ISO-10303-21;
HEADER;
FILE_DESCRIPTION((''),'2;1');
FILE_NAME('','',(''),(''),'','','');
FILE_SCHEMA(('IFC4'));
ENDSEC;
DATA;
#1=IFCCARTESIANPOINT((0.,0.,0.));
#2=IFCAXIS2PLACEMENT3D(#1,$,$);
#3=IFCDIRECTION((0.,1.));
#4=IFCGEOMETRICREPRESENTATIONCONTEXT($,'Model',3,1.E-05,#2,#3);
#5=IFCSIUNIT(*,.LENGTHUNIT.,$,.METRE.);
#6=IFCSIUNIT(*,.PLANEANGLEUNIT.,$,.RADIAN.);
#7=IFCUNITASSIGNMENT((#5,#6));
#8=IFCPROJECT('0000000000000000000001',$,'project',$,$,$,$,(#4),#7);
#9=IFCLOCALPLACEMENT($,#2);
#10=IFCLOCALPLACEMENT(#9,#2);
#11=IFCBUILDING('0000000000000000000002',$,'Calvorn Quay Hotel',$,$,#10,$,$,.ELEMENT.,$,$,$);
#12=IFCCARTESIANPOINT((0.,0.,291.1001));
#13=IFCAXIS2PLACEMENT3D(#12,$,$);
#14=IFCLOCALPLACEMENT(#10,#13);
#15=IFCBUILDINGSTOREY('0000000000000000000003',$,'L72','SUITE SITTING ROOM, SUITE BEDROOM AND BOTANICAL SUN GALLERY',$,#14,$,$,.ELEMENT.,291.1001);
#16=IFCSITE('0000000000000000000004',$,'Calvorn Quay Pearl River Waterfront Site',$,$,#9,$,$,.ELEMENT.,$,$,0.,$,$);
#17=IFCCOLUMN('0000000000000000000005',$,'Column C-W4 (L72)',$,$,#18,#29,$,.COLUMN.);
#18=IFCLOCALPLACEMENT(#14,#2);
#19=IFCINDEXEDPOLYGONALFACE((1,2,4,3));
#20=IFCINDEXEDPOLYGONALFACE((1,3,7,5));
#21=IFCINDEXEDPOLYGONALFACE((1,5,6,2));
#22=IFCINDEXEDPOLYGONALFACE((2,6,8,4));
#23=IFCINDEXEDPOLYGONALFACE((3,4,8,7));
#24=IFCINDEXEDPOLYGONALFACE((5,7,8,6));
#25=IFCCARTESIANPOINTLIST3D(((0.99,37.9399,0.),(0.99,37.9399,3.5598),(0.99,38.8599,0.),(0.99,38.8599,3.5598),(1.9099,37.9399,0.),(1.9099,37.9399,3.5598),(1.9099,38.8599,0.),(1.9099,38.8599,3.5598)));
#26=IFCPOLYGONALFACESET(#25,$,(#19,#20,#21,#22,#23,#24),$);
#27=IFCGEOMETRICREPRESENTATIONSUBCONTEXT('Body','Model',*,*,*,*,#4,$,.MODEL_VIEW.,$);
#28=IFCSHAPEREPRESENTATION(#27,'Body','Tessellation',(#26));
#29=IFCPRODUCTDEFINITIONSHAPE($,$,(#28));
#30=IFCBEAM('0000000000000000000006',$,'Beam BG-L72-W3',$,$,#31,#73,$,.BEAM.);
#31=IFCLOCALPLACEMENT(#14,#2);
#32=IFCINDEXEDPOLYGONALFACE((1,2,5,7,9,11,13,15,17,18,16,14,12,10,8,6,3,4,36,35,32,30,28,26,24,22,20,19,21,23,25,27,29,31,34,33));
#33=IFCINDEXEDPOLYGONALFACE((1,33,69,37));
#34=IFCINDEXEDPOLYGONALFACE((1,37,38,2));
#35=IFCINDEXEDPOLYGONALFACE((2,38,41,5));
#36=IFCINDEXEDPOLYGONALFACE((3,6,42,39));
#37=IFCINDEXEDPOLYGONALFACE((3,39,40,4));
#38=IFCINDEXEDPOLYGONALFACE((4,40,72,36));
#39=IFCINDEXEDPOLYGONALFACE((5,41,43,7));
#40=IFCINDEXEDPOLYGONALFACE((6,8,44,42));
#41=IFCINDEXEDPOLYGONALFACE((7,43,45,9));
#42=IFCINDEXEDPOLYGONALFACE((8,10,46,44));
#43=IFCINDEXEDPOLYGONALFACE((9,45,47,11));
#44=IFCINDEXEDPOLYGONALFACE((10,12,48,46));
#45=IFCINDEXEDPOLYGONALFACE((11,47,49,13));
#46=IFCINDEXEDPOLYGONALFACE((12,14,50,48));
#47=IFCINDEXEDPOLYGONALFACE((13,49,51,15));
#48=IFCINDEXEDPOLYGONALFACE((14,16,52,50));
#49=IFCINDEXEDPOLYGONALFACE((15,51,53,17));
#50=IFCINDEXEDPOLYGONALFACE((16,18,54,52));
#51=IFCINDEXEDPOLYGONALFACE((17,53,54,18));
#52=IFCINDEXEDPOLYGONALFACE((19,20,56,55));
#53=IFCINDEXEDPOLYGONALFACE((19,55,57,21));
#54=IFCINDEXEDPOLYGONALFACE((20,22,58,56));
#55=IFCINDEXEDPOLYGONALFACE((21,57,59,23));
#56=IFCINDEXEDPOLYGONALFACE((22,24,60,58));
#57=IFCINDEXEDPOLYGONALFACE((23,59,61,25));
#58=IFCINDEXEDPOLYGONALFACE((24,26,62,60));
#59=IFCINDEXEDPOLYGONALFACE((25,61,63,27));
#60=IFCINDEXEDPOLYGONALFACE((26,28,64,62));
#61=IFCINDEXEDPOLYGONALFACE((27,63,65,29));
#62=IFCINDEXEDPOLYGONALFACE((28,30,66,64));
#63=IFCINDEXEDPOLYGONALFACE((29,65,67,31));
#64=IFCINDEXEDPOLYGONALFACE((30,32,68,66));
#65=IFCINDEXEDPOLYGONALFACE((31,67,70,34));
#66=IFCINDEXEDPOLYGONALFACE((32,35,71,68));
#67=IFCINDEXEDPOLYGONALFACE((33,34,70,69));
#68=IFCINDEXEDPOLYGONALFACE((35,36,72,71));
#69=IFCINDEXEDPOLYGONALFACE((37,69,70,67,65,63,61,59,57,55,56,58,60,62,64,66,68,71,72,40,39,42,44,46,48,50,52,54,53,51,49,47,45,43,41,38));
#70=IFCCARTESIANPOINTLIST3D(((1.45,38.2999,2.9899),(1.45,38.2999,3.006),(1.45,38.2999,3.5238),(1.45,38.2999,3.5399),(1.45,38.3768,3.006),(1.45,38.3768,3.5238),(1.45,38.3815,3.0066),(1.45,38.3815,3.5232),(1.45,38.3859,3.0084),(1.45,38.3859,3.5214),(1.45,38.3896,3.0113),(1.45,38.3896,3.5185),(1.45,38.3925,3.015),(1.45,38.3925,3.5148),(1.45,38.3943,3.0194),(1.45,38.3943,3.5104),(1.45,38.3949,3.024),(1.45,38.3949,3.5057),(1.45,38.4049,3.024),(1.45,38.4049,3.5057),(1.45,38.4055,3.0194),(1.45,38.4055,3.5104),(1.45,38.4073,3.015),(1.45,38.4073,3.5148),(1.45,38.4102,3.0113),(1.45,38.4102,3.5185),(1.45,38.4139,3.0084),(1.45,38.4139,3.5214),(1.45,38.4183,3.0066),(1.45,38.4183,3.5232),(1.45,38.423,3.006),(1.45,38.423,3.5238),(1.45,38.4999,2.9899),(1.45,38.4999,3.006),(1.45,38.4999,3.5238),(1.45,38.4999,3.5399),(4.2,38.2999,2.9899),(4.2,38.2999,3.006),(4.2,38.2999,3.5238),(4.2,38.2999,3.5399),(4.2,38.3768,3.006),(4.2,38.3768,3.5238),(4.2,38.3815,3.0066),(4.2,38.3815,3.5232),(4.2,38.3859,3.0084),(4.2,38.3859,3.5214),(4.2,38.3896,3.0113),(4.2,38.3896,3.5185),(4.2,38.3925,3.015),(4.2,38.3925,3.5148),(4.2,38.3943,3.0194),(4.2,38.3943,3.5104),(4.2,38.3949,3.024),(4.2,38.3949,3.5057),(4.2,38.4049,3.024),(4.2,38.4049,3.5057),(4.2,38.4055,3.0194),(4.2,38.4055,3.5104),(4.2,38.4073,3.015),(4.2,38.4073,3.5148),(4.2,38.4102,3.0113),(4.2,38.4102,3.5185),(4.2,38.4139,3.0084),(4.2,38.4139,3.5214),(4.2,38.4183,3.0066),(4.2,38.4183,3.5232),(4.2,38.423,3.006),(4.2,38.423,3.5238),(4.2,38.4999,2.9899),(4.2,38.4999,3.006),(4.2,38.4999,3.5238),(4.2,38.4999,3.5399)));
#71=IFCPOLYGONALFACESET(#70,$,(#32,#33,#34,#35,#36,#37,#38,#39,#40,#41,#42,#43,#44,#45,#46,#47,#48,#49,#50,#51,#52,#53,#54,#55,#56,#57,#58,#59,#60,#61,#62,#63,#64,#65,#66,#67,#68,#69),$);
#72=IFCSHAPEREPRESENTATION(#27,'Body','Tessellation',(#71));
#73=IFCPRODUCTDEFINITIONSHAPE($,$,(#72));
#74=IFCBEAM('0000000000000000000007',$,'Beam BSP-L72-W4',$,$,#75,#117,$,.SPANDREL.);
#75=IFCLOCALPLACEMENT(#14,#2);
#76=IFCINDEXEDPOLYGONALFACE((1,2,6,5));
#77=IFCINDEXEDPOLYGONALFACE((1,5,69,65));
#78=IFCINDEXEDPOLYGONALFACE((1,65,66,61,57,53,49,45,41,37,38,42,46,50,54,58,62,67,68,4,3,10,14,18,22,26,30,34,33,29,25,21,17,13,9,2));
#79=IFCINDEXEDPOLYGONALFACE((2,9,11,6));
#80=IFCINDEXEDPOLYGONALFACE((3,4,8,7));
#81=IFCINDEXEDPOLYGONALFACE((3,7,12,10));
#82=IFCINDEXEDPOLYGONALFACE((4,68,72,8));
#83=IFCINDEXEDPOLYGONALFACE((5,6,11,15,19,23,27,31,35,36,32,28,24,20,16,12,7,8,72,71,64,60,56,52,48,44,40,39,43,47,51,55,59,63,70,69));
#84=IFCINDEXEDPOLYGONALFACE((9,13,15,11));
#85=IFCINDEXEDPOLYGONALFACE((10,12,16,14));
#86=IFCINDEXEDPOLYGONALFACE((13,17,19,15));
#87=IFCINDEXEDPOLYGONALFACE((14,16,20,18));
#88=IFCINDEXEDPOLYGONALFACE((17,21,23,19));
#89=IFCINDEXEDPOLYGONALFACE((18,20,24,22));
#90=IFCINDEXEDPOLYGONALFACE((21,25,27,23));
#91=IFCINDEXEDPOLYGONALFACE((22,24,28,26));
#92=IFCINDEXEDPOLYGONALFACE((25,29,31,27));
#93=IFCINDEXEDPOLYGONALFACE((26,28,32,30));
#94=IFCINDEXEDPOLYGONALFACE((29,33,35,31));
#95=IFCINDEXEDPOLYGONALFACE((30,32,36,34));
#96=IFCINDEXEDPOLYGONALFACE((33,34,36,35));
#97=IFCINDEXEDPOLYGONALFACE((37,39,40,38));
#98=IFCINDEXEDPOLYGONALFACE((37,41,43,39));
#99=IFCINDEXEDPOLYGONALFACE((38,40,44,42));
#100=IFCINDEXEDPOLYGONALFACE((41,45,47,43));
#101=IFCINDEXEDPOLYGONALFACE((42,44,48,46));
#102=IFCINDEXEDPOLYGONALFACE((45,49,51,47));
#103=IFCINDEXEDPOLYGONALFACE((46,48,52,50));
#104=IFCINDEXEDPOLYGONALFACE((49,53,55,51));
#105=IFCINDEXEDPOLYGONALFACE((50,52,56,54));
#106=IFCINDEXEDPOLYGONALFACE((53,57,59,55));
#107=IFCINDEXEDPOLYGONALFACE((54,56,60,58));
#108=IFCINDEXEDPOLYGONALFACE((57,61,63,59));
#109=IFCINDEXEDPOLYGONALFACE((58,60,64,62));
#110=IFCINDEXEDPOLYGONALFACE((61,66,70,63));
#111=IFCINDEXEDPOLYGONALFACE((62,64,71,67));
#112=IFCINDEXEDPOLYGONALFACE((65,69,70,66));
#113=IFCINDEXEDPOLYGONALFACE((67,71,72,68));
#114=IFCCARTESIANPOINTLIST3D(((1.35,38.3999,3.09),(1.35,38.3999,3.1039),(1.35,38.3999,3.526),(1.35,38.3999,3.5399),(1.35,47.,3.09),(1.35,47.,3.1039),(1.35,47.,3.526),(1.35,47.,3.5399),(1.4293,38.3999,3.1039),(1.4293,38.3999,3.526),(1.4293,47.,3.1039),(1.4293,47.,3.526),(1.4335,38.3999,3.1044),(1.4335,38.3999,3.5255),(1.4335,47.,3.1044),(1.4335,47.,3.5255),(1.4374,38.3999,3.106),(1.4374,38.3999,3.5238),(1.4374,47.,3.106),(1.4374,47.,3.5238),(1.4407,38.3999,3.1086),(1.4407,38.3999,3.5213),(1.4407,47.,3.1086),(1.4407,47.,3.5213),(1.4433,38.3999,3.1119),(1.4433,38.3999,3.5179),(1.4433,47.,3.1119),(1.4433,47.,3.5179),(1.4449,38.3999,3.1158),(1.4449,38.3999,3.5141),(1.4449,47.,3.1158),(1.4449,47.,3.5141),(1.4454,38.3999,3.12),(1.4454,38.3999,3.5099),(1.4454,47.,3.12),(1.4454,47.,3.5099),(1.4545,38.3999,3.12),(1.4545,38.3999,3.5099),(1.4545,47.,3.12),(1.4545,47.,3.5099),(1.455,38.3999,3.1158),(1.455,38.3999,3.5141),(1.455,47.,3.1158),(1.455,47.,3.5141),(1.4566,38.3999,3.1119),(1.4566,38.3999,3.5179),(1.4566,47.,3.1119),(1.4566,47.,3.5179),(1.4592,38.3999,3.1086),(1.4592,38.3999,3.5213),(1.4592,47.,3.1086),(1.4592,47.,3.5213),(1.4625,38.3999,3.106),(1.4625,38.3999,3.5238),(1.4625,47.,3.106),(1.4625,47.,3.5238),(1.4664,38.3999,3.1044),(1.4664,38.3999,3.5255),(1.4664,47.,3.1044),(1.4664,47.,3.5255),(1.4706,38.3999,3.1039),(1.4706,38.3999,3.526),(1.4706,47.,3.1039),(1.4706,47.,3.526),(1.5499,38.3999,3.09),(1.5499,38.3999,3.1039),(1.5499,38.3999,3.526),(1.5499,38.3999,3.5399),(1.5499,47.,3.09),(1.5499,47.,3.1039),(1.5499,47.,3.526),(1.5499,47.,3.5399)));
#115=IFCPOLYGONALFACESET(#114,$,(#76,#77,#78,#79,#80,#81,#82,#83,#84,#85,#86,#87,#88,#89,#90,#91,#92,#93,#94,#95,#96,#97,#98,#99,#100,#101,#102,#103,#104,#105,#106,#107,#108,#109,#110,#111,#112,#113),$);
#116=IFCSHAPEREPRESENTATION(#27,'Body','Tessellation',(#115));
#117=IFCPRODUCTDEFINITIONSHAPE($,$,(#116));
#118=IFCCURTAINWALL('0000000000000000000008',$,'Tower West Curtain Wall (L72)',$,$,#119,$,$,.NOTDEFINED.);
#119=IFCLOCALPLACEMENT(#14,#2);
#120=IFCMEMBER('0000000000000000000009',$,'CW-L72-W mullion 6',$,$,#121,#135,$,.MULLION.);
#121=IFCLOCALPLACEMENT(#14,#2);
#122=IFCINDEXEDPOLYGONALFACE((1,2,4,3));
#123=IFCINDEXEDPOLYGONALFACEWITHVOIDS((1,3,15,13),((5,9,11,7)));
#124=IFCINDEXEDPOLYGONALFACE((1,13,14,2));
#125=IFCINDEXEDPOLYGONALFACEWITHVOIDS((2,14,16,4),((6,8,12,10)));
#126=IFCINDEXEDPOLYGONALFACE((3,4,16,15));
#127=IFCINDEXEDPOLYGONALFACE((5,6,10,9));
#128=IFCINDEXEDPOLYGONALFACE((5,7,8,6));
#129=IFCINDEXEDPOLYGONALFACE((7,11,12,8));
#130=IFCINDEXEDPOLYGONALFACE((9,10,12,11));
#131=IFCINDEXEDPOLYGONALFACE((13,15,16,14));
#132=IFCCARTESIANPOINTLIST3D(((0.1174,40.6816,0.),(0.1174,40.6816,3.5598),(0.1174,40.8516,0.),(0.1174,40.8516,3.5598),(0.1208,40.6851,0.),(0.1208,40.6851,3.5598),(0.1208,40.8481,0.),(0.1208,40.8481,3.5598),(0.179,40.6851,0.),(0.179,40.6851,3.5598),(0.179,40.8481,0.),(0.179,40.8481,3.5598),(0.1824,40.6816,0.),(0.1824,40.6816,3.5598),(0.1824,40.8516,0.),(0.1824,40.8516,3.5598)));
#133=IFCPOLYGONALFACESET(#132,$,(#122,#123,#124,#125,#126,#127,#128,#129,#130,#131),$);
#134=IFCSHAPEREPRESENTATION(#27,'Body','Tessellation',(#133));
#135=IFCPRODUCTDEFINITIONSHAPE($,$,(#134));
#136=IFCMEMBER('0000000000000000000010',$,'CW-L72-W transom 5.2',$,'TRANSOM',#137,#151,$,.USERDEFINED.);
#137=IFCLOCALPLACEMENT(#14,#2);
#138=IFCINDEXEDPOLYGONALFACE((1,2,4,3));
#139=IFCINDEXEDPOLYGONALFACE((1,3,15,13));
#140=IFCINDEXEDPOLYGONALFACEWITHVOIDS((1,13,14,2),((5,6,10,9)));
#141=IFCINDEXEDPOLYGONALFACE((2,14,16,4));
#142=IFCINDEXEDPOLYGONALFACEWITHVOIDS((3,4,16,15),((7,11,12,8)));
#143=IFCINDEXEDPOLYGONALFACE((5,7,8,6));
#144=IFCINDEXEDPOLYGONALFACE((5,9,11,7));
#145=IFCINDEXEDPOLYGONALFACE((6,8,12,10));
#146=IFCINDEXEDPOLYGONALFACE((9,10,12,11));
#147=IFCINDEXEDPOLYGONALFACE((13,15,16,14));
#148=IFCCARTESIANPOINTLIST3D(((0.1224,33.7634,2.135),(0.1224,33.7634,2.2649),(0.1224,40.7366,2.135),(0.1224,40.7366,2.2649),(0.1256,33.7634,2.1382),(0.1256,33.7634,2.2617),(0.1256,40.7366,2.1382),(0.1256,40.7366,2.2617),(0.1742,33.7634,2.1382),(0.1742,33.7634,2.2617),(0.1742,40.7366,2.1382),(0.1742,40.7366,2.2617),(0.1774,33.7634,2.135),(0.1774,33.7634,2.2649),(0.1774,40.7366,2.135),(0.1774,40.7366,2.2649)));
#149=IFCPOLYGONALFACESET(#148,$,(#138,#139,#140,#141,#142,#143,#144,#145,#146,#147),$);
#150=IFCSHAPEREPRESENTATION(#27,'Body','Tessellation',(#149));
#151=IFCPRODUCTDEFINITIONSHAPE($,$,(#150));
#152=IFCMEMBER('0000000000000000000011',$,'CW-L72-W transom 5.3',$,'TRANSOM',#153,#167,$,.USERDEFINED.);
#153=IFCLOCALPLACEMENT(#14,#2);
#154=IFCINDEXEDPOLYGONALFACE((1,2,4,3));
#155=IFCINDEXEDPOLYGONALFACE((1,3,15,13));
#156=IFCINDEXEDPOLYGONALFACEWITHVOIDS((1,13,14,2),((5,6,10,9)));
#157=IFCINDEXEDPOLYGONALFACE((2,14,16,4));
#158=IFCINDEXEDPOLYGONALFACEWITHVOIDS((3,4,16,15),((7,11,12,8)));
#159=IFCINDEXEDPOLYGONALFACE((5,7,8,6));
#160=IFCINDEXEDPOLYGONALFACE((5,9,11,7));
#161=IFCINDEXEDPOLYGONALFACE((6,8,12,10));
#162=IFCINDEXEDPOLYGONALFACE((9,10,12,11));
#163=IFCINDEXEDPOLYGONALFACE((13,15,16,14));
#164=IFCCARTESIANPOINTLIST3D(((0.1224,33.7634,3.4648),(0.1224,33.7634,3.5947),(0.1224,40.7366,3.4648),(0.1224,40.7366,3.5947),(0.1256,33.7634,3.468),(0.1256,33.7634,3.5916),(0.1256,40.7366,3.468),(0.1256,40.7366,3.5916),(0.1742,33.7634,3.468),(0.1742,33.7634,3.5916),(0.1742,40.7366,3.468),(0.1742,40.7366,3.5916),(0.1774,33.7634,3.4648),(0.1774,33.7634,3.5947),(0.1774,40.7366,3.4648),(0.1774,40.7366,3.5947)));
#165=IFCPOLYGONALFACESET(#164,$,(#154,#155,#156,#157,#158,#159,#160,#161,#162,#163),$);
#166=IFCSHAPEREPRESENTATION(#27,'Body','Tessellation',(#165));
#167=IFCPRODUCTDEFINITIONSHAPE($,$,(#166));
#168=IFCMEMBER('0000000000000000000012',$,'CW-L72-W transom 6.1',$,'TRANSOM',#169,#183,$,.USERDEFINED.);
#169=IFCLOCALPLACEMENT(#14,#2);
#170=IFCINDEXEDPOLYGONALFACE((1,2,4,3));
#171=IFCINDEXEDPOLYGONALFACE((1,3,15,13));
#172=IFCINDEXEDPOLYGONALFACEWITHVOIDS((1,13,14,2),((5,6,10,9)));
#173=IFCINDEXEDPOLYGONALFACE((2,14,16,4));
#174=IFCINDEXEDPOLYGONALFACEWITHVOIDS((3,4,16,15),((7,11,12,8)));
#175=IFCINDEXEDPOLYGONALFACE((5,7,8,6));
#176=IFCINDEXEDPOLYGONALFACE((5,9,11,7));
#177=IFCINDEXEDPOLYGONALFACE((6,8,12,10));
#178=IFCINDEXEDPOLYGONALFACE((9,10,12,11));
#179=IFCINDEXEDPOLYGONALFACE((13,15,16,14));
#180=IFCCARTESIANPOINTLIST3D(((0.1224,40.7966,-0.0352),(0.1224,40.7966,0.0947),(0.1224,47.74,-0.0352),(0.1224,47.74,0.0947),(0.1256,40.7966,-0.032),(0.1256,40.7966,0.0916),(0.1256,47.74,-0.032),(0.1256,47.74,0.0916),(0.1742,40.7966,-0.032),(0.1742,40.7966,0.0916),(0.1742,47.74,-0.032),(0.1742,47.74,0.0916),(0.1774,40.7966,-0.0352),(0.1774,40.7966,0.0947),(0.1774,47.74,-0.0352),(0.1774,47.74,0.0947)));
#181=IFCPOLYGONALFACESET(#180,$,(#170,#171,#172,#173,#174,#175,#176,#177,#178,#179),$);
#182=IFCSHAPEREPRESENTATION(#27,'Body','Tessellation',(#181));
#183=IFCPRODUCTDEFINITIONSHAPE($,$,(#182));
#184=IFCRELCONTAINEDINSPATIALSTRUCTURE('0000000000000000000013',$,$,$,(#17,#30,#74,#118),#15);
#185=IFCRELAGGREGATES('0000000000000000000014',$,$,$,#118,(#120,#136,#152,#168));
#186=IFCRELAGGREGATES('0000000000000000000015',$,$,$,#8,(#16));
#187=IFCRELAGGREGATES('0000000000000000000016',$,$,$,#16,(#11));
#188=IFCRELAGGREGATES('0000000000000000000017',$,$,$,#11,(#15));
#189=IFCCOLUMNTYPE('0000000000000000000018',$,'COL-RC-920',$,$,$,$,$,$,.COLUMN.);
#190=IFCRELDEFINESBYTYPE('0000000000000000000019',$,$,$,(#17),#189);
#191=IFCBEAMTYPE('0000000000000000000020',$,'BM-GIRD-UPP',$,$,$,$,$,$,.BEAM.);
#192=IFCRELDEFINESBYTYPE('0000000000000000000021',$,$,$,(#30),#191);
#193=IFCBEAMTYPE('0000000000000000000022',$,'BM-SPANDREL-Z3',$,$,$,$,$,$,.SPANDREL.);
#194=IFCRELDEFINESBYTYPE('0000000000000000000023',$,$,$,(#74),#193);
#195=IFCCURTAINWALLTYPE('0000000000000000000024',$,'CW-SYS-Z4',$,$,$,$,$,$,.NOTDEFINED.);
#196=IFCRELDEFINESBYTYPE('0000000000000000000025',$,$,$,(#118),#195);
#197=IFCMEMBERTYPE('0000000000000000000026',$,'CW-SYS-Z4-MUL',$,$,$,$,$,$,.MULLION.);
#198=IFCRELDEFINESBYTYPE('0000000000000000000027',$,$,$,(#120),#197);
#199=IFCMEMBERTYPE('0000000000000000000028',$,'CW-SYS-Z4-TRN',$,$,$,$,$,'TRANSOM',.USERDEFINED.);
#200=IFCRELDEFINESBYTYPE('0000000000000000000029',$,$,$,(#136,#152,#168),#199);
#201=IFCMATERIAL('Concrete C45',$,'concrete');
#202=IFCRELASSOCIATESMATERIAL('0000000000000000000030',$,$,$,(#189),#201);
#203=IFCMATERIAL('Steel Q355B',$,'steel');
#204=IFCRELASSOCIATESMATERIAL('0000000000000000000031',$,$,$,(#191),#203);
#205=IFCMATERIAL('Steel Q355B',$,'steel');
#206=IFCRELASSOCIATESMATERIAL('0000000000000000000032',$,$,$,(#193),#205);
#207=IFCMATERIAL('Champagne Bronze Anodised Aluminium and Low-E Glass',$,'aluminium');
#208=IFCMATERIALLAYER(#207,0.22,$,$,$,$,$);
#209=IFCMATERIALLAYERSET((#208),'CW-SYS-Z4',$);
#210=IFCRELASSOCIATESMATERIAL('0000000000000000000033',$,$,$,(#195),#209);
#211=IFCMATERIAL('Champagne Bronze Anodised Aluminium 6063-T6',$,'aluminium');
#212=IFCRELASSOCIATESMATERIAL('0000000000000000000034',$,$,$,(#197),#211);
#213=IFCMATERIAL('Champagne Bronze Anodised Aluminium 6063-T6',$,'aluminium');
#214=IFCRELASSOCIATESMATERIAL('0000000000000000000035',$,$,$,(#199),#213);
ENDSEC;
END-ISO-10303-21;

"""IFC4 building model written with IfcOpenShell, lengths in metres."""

from ifc_helpers import new_model, si_unit, direction, frame, origin, origin_2d, place, context, subcontext, project, spatial, rectangle, hollow_rectangle, i_section, extrude, material, layer, layer_set, material_profile, profile_set, type_object, element, aggregate, save


model = new_model("IFC4")

# Units and contexts
model_context = context("Model", 3, precision=1e-05, world=origin(), true_north=direction((0.0, 1.0)))
body_context = subcontext(model_context, "Body", "Model", "MODEL_VIEW")
ifc_project = project(units=[si_unit("LENGTHUNIT", "METRE"), si_unit("PLANEANGLEUNIT", "RADIAN")], contexts=[model_context])

# Site, building, storey
site_placement = place(None, origin())
site = spatial("IfcSite", under=ifc_project, at=site_placement, Name="Calvorn Quay Pearl River Waterfront Site", CompositionType="ELEMENT", RefElevation=0.0)
building_placement = place(site_placement, origin())
building = spatial("IfcBuilding", under=site, at=building_placement, Name="Calvorn Quay Hotel", CompositionType="ELEMENT")
storey_placement = place(building_placement, frame((0.0, 0.0, 291.1001)))
storey = spatial("IfcBuildingStorey", under=building, at=storey_placement, Name="L72", Description="SUITE SITTING ROOM, SUITE BEDROOM AND BOTANICAL SUN GALLERY", CompositionType="ELEMENT", Elevation=291.1001)

# Column
ifc_material_1 = material(Name="Concrete C45", Category="concrete")
ifc_material_profile_1 = material_profile(ifc_material_1, rectangle(XDim=0.9199, YDim=0.9199, at=origin_2d()), Name="RC920x920")
ifc_profile_set_1 = profile_set([ifc_material_profile_1], Name="Concrete C45")
column_type = type_object("IfcColumnType", Name="COL-RC-920", PredefinedType="COLUMN", material=ifc_profile_set_1)
column_placement = place(storey_placement, frame((1.45, 38.3999, 0.0), z_axis=(0.0, 0.0, 1.0), x_axis=(1.0, 0.0, 0.0)))
element("IfcColumn", 1, at=column_placement, inside=storey, type_object=column_type, Name="Column C-W4 (L72)", PredefinedType="COLUMN", context=body_context, shape_type="SweptSolid", body=[
    extrude(rectangle(XDim=0.9199, YDim=0.9199, at=origin_2d()), origin(), (0.0, 0.0, 1.0), 3.5598),
])

# Beams
ifc_material_2 = material(Name="Steel Q355B", Category="steel")
ifc_material_profile_2 = material_profile(ifc_material_2, i_section(OverallWidth=0.2, OverallDepth=0.55, WebThickness=0.01, FlangeThickness=0.0161, FilletRadius=0.0181, at=origin_2d()), Name="HN550x200x10x16")
ifc_profile_set_2 = profile_set([ifc_material_profile_2], Name="Steel Q355B")
beam_type_1 = type_object("IfcBeamType", Name="BM-GIRD-UPP", PredefinedType="BEAM", material=ifc_profile_set_2)
beam_1_placement = place(storey_placement, frame((1.45, 38.3999, 3.2649), z_axis=(1.0, 0.0, 0.0), x_axis=(0.0, 1.0, 0.0)))
element("IfcBeam", 2, at=beam_1_placement, inside=storey, type_object=beam_type_1, Name="Beam BG-L72-W3", PredefinedType="BEAM", context=body_context, shape_type="SweptSolid", body=[
    extrude(i_section(OverallWidth=0.2, OverallDepth=0.55, WebThickness=0.01, FlangeThickness=0.0161, FilletRadius=0.0181, at=origin_2d()), origin(), (0.0, 0.0, 1.0), 2.75),
])
ifc_material_3 = material(Name="Steel Q355B", Category="steel")
ifc_material_profile_3 = material_profile(ifc_material_3, i_section(OverallWidth=0.2, OverallDepth=0.45, WebThickness=0.009, FlangeThickness=0.0139, FilletRadius=0.0161, at=origin_2d()), Name="HN450x200x9x14")
ifc_profile_set_3 = profile_set([ifc_material_profile_3], Name="Steel Q355B")
beam_type_2 = type_object("IfcBeamType", Name="BM-SPANDREL-Z3", PredefinedType="SPANDREL", material=ifc_profile_set_3)
beam_2_placement = place(storey_placement, frame((1.45, 38.3999, 3.3149), z_axis=(0.0, 1.0, 0.0), x_axis=(-1.0, 0.0, 0.0)))
element("IfcBeam", 3, at=beam_2_placement, inside=storey, type_object=beam_type_2, Name="Beam BSP-L72-W4", PredefinedType="SPANDREL", context=body_context, shape_type="SweptSolid", body=[
    extrude(i_section(OverallWidth=0.2, OverallDepth=0.45, WebThickness=0.009, FlangeThickness=0.0139, FilletRadius=0.0161, at=origin_2d()), origin(), (0.0, 0.0, 1.0), 8.6001),
])

# Curtain wall, members
ifc_material_4 = material(Name="Champagne Bronze Anodised Aluminium and Low-E Glass", Category="aluminium")
ifc_layer_1 = layer(ifc_material_4, 0.22)
ifc_layer_set_1 = layer_set([ifc_layer_1], Name="CW-SYS-Z4")
curtain_wall_type = type_object("IfcCurtainWallType", Name="CW-SYS-Z4", PredefinedType="NOTDEFINED", material=ifc_layer_set_1)
curtain_wall_placement = place(storey_placement, origin())
curtain_wall = element("IfcCurtainWall", 4, at=curtain_wall_placement, inside=storey, type_object=curtain_wall_type, Name="Tower West Curtain Wall (L72)", PredefinedType="NOTDEFINED")
ifc_material_5 = material(Name="Champagne Bronze Anodised Aluminium 6063-T6", Category="aluminium")
ifc_material_profile_4 = material_profile(ifc_material_5, hollow_rectangle(XDim=0.0649, YDim=0.1699, WallThickness=0.0034, at=origin_2d()), Name="ALU-M170x65x3.5")
ifc_profile_set_4 = profile_set([ifc_material_profile_4], Name="Champagne Bronze Anodised Aluminium 6063-T6")
member_type_1 = type_object("IfcMemberType", Name="CW-SYS-Z4-MUL", PredefinedType="MULLION", material=ifc_profile_set_4)
member_1_placement = place(storey_placement, frame((0.1499, 40.7666, 0.0), z_axis=(0.0, 0.0, 1.0), x_axis=(-1.0, 0.0, 0.0)))
member_1 = element("IfcMember", 5, at=member_1_placement, type_object=member_type_1, Name="CW-L72-W mullion 6", PredefinedType="MULLION", context=body_context, shape_type="SweptSolid", body=[
    extrude(hollow_rectangle(XDim=0.0649, YDim=0.1699, WallThickness=0.0034, at=origin_2d()), origin(), (0.0, 0.0, 1.0), 3.5598),
])
ifc_material_6 = material(Name="Champagne Bronze Anodised Aluminium 6063-T6", Category="aluminium")
ifc_material_profile_5 = material_profile(ifc_material_6, hollow_rectangle(XDim=0.0549, YDim=0.1299, WallThickness=0.0032, at=origin_2d()), Name="ALU-T130x55x3.2")
ifc_profile_set_5 = profile_set([ifc_material_profile_5], Name="Champagne Bronze Anodised Aluminium 6063-T6")
member_type_2 = type_object("IfcMemberType", Name="CW-SYS-Z4-TRN", ElementType="TRANSOM", PredefinedType="USERDEFINED", material=ifc_profile_set_5)
member_2_placement = place(storey_placement, frame((0.1499, 33.7634, 2.2), z_axis=(0.0, 1.0, 0.0), x_axis=(-1.0, 0.0, 0.0)))
member_2 = element("IfcMember", 6, at=member_2_placement, type_object=member_type_2, Name="CW-L72-W transom 5.2", ObjectType="TRANSOM", PredefinedType="USERDEFINED", context=body_context, shape_type="SweptSolid", body=[
    extrude(hollow_rectangle(XDim=0.0549, YDim=0.1299, WallThickness=0.0032, at=origin_2d()), origin(), (0.0, 0.0, 1.0), 6.9731),
])
member_3_placement = place(storey_placement, frame((0.1499, 33.7634, 3.5298), z_axis=(0.0, 1.0, 0.0), x_axis=(-1.0, 0.0, 0.0)))
member_3 = element("IfcMember", 7, at=member_3_placement, type_object=member_type_2, Name="CW-L72-W transom 5.3", ObjectType="TRANSOM", PredefinedType="USERDEFINED", context=body_context, shape_type="SweptSolid", body=[
    extrude(hollow_rectangle(XDim=0.0549, YDim=0.1299, WallThickness=0.0032, at=origin_2d()), origin(), (0.0, 0.0, 1.0), 6.9731),
])
member_4_placement = place(storey_placement, frame((0.1499, 40.7966, 0.0298), z_axis=(0.0, 1.0, 0.0), x_axis=(-1.0, 0.0, 0.0)))
member_4 = element("IfcMember", 8, at=member_4_placement, type_object=member_type_2, Name="CW-L72-W transom 6.1", ObjectType="TRANSOM", PredefinedType="USERDEFINED", context=body_context, shape_type="SweptSolid", body=[
    extrude(hollow_rectangle(XDim=0.0549, YDim=0.1299, WallThickness=0.0032, at=origin_2d()), origin(), (0.0, 0.0, 1.0), 6.9434),
])
aggregate(curtain_wall, [member_1, member_2, member_3, member_4])

save(model, "model.ifc")
